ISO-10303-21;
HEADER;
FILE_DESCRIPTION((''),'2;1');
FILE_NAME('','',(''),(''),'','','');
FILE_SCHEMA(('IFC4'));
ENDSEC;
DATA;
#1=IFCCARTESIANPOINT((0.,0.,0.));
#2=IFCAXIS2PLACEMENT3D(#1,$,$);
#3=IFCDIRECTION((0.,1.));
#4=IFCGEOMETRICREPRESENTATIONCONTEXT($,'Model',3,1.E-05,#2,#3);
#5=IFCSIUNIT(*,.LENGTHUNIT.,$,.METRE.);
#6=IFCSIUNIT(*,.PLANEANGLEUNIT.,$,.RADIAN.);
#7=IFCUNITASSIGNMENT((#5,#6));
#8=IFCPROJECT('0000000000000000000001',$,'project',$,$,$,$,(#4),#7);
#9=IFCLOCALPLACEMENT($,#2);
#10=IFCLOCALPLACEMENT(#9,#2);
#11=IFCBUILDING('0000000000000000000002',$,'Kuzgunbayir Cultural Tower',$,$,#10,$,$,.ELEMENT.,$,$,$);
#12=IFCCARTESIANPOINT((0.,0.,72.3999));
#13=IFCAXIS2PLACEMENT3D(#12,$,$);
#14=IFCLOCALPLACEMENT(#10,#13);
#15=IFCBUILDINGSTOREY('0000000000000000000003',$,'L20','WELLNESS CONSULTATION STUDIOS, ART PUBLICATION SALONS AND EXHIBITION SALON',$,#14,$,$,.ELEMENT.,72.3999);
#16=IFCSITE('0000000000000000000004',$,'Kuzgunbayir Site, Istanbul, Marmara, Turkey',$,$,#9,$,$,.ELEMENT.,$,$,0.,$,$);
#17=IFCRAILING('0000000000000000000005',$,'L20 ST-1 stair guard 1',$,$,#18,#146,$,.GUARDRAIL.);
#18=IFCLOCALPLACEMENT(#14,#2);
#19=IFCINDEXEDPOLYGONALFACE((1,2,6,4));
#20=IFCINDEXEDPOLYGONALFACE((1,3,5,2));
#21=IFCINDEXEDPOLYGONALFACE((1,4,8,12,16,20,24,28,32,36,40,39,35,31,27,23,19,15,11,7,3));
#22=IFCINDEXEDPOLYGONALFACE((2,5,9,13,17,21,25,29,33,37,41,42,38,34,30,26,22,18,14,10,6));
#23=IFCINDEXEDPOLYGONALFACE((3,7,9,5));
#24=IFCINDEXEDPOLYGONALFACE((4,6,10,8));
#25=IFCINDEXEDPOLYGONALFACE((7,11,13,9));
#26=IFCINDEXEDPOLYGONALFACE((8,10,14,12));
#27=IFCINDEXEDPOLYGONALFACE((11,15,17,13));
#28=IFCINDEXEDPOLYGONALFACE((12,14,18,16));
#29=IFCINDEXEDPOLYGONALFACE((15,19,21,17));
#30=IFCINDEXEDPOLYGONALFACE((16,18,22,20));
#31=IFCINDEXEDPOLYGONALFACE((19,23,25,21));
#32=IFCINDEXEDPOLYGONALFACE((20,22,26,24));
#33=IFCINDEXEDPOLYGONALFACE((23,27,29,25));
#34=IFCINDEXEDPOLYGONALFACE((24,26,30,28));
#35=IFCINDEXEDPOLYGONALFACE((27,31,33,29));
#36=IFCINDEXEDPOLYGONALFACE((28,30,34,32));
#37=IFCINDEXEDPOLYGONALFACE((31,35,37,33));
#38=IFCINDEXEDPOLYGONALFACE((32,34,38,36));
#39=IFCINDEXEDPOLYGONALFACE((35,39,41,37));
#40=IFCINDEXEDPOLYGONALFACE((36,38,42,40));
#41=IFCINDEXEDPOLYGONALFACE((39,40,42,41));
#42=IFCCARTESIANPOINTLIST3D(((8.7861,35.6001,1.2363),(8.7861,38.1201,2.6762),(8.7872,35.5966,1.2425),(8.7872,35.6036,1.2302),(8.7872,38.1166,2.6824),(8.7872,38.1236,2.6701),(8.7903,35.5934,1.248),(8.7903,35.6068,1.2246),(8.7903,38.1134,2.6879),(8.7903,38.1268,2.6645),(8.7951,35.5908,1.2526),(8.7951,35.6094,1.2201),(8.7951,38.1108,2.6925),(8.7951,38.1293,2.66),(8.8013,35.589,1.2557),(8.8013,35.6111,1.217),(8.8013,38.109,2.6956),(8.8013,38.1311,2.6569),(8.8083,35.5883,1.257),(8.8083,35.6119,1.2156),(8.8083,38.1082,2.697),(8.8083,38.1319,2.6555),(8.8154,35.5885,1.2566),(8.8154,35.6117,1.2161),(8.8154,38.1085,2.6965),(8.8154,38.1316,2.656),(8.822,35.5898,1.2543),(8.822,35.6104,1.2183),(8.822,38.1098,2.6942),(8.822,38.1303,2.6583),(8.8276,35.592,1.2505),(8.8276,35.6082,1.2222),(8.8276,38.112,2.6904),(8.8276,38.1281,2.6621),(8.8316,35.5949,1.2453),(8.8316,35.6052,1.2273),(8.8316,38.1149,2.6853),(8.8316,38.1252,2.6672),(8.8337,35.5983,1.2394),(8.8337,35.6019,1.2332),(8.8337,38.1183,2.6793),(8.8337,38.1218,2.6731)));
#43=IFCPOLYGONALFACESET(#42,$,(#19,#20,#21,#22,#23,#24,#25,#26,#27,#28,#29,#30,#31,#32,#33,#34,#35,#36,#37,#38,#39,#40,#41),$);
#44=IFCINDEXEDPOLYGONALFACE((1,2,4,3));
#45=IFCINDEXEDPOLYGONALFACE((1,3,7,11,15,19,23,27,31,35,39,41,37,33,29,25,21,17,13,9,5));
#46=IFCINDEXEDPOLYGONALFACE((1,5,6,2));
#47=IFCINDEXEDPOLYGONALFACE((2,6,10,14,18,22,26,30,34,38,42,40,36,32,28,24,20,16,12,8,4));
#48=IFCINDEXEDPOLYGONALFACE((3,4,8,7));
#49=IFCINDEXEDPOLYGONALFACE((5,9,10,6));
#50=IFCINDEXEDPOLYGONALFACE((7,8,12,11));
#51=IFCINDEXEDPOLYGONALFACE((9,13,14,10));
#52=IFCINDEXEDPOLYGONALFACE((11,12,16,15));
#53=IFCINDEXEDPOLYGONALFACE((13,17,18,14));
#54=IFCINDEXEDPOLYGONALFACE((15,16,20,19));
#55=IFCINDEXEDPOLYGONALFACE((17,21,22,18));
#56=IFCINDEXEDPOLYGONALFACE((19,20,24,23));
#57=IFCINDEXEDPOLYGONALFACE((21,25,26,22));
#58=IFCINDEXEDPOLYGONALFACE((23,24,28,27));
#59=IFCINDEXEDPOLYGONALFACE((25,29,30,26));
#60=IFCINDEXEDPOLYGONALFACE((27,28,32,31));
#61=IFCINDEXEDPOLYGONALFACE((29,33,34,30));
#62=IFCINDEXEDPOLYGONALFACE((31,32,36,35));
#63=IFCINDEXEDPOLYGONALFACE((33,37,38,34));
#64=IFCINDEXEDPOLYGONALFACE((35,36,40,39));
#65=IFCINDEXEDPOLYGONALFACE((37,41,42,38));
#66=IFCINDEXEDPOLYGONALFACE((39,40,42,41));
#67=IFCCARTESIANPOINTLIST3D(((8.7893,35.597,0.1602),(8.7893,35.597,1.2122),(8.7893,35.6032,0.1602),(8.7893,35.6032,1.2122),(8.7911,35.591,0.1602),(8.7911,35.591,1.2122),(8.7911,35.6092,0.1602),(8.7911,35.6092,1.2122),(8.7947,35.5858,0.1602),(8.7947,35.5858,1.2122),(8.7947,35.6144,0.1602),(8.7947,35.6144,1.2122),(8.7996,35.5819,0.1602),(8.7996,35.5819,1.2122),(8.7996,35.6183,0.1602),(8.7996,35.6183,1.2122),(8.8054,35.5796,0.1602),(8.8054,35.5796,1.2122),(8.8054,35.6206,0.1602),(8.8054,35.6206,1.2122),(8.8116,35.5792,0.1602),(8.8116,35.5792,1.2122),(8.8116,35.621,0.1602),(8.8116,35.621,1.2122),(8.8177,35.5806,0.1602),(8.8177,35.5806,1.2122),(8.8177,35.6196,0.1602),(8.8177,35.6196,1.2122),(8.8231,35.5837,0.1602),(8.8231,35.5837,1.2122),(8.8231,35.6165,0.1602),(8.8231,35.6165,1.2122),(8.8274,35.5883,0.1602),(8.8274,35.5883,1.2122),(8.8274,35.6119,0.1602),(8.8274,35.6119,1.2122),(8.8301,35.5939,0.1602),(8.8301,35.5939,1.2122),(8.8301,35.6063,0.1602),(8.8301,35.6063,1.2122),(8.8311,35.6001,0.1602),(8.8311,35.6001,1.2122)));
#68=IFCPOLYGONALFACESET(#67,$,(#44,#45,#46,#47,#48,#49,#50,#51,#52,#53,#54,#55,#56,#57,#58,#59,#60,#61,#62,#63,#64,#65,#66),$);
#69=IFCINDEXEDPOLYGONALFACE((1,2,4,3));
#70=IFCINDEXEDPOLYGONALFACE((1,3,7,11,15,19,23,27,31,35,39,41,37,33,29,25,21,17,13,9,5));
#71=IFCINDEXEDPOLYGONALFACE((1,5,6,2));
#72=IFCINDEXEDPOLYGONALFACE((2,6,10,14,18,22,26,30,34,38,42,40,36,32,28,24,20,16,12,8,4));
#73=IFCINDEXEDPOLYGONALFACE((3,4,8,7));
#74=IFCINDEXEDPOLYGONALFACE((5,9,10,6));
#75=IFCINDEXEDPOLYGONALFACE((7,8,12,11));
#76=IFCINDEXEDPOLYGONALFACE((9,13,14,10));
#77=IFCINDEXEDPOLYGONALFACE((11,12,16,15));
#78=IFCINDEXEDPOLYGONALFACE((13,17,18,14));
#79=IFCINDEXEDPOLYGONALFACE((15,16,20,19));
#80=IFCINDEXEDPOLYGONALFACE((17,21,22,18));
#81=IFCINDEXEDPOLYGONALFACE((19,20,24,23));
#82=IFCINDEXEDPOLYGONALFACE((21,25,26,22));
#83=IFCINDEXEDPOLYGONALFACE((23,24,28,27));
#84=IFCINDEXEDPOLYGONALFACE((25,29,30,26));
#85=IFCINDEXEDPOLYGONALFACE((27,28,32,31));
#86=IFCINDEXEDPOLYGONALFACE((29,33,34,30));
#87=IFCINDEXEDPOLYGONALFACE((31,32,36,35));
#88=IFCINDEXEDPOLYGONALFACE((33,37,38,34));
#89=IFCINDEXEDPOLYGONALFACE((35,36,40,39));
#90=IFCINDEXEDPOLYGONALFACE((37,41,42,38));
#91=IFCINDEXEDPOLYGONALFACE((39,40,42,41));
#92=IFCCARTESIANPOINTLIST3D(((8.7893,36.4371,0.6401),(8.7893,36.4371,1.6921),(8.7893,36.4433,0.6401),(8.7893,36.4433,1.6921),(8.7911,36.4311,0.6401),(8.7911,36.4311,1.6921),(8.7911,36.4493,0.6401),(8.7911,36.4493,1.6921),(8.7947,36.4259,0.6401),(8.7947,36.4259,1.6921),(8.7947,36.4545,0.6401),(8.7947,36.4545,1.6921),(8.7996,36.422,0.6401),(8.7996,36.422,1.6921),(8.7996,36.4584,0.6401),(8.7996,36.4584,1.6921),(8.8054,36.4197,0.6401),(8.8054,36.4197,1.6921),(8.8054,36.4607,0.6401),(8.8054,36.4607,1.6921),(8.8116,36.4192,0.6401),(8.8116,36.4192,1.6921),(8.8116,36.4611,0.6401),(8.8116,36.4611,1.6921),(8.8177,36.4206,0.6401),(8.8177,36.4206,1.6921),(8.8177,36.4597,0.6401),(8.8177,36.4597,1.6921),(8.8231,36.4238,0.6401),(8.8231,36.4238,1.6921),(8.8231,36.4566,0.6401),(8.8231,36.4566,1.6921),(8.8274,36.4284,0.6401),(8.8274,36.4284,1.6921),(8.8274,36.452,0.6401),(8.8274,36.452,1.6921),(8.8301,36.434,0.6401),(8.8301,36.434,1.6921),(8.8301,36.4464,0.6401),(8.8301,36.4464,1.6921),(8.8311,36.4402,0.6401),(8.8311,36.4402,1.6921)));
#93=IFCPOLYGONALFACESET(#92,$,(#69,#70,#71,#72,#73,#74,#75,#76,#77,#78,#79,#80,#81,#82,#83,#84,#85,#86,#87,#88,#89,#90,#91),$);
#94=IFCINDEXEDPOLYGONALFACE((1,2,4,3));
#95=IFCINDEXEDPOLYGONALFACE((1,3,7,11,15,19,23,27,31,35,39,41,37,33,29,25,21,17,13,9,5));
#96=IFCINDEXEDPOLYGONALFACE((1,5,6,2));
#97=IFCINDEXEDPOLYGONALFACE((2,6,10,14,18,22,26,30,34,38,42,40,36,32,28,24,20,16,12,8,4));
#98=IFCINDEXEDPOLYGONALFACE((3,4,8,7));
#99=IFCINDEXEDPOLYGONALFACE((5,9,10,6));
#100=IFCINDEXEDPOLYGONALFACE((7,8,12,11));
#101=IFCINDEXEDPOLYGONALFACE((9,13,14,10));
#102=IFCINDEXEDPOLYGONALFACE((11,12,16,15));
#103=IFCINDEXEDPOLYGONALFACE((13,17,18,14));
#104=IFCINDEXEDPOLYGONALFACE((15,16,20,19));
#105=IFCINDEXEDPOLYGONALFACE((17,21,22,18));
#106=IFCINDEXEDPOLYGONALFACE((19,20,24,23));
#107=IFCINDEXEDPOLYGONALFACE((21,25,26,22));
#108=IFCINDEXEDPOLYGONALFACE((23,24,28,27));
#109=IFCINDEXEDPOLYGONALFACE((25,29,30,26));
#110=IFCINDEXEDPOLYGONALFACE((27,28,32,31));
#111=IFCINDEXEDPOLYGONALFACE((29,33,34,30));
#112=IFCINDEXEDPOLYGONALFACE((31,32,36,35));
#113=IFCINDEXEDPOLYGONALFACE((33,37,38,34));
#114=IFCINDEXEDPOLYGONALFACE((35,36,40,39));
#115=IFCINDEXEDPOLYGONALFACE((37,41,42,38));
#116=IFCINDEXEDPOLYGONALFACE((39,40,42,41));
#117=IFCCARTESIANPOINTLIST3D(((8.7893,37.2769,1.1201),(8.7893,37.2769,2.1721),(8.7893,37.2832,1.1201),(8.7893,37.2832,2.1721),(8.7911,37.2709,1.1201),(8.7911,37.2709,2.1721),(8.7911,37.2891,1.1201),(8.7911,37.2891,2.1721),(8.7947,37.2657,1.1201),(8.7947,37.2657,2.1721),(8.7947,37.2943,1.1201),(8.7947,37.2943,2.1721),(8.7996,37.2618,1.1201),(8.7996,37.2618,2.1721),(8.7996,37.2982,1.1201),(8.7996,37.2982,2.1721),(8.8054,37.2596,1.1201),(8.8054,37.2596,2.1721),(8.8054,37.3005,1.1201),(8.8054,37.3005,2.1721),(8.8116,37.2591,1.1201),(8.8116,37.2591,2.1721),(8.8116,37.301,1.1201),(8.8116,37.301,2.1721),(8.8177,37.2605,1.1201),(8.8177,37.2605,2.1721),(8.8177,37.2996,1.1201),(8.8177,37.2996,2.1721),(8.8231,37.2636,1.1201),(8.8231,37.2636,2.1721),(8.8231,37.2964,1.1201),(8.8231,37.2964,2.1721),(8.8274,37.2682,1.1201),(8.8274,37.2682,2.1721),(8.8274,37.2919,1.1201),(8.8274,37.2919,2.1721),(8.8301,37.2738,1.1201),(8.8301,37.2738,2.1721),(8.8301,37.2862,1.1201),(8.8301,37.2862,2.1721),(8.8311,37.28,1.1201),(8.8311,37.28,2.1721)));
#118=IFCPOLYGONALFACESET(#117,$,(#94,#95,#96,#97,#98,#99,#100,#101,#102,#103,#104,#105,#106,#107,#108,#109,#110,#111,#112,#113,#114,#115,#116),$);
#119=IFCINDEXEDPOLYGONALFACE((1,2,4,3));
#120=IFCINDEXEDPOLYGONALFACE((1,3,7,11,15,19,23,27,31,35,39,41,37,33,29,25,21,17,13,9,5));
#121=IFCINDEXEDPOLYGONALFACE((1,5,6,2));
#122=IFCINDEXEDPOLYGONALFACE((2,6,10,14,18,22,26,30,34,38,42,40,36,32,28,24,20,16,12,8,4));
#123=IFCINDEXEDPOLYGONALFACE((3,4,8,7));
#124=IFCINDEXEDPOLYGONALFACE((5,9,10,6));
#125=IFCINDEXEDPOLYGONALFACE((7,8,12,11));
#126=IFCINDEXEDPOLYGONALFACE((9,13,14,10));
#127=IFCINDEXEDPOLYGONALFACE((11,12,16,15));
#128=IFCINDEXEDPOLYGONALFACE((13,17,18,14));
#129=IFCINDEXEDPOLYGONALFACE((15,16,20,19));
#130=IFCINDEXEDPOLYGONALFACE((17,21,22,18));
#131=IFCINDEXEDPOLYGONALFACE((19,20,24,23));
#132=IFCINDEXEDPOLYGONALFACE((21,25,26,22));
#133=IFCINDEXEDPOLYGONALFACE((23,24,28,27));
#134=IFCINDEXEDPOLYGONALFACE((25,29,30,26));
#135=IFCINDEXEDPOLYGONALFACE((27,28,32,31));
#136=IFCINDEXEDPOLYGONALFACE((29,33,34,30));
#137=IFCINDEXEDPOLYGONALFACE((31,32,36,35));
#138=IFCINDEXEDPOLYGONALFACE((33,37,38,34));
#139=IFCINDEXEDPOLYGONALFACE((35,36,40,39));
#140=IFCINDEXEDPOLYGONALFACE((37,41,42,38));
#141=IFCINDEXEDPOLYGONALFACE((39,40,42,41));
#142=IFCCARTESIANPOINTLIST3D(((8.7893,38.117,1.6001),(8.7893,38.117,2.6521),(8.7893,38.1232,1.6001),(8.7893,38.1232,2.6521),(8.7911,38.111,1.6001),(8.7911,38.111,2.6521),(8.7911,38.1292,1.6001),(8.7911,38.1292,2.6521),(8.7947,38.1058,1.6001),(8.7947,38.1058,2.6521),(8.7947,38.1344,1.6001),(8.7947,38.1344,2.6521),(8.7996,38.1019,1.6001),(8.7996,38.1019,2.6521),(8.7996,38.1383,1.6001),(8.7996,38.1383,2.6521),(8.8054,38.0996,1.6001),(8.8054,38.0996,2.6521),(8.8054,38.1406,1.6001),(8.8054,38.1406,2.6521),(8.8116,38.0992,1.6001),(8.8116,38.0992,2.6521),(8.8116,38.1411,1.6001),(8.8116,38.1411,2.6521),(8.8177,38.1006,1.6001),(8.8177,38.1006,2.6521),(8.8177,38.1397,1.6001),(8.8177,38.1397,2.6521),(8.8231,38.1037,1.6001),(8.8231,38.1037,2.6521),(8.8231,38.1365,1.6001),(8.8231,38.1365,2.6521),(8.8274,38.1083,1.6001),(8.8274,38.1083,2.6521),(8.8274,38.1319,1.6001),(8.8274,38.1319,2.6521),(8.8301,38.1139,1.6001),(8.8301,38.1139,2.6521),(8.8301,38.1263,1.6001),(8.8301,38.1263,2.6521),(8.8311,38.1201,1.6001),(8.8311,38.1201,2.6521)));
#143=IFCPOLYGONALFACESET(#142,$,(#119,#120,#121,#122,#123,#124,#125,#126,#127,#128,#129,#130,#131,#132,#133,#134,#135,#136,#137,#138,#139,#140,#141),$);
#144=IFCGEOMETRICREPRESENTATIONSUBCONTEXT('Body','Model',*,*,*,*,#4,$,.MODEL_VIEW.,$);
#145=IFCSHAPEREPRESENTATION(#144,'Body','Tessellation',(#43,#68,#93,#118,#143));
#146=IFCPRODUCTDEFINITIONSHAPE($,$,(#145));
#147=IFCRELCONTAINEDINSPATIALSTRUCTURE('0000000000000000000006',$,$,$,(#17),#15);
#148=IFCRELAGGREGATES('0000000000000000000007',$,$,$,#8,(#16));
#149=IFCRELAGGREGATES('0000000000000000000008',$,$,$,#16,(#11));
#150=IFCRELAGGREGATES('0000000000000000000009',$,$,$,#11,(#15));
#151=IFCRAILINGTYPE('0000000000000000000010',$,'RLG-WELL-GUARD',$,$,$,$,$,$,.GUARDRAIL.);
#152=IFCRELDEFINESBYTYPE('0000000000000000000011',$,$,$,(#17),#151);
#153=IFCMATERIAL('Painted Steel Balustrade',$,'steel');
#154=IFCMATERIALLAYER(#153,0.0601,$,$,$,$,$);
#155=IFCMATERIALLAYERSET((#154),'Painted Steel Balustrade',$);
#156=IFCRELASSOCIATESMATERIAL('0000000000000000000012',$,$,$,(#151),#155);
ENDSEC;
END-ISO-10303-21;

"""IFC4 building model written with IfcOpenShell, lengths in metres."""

from ifc_helpers import new_model, si_unit, direction, frame, origin, origin_2d, place, context, subcontext, project, spatial, circle, extrude, material, layer, layer_set, type_object, element, save


model = new_model("IFC4")

# Units and contexts
model_context = context("Model", 3, precision=1e-05, world=origin(), true_north=direction((0.0, 1.0)))
body_context = subcontext(model_context, "Body", "Model", "MODEL_VIEW")
ifc_project = project(units=[si_unit("LENGTHUNIT", "METRE"), si_unit("PLANEANGLEUNIT", "RADIAN")], contexts=[model_context])

# Site, building, storey
site_placement = place(None, origin())
site = spatial("IfcSite", under=ifc_project, at=site_placement, Name="Kuzgunbayir Site, Istanbul, Marmara, Turkey", CompositionType="ELEMENT", RefElevation=0.0)
building_placement = place(site_placement, origin())
building = spatial("IfcBuilding", under=site, at=building_placement, Name="Kuzgunbayir Cultural Tower", CompositionType="ELEMENT")
storey_placement = place(building_placement, frame((0.0, 0.0, 72.3999)))
storey = spatial("IfcBuildingStorey", under=building, at=storey_placement, Name="L20", Description="WELLNESS CONSULTATION STUDIOS, ART PUBLICATION SALONS AND EXHIBITION SALON", CompositionType="ELEMENT", Elevation=72.3999)

# Railing
ifc_material_1 = material(Name="Painted Steel Balustrade", Category="steel")
ifc_layer_1 = layer(ifc_material_1, 0.0601)
ifc_layer_set_1 = layer_set([ifc_layer_1], Name="Painted Steel Balustrade")
railing_type_1 = type_object("IfcRailingType", Name="RLG-WELL-GUARD", PredefinedType="GUARDRAIL", material=ifc_layer_set_1)
railing_1_placement = place(storey_placement, frame((8.8101, 35.6001, 0.1602)))
element("IfcRailing", 1, at=railing_1_placement, inside=storey, type_object=railing_type_1, Name="L20 ST-1 stair guard 1", PredefinedType="GUARDRAIL", context=body_context, shape_type="SweptSolid", body=[
    extrude(circle(Radius=0.0239, at=origin_2d()), frame((0.0, 0.0, 1.0762), z_axis=(0.0, 0.868253, 0.496121), x_axis=(-1.0, 0.0, 0.0)), (0.0, 0.0, 1.0), 2.9023),
    extrude(circle(Radius=0.021, at=origin_2d()), origin(), (0.0, 0.0, 1.0), 1.052),
    extrude(circle(Radius=0.021, at=origin_2d()), frame((0.0, 0.8401, 0.48)), (0.0, 0.0, 1.0), 1.052),
    extrude(circle(Radius=0.021, at=origin_2d()), frame((0.0, 1.6799, 0.96)), (0.0, 0.0, 1.0), 1.052),
    extrude(circle(Radius=0.021, at=origin_2d()), frame((0.0, 2.52, 1.4399)), (0.0, 0.0, 1.0), 1.052),
])

save(model, "model.ifc")
